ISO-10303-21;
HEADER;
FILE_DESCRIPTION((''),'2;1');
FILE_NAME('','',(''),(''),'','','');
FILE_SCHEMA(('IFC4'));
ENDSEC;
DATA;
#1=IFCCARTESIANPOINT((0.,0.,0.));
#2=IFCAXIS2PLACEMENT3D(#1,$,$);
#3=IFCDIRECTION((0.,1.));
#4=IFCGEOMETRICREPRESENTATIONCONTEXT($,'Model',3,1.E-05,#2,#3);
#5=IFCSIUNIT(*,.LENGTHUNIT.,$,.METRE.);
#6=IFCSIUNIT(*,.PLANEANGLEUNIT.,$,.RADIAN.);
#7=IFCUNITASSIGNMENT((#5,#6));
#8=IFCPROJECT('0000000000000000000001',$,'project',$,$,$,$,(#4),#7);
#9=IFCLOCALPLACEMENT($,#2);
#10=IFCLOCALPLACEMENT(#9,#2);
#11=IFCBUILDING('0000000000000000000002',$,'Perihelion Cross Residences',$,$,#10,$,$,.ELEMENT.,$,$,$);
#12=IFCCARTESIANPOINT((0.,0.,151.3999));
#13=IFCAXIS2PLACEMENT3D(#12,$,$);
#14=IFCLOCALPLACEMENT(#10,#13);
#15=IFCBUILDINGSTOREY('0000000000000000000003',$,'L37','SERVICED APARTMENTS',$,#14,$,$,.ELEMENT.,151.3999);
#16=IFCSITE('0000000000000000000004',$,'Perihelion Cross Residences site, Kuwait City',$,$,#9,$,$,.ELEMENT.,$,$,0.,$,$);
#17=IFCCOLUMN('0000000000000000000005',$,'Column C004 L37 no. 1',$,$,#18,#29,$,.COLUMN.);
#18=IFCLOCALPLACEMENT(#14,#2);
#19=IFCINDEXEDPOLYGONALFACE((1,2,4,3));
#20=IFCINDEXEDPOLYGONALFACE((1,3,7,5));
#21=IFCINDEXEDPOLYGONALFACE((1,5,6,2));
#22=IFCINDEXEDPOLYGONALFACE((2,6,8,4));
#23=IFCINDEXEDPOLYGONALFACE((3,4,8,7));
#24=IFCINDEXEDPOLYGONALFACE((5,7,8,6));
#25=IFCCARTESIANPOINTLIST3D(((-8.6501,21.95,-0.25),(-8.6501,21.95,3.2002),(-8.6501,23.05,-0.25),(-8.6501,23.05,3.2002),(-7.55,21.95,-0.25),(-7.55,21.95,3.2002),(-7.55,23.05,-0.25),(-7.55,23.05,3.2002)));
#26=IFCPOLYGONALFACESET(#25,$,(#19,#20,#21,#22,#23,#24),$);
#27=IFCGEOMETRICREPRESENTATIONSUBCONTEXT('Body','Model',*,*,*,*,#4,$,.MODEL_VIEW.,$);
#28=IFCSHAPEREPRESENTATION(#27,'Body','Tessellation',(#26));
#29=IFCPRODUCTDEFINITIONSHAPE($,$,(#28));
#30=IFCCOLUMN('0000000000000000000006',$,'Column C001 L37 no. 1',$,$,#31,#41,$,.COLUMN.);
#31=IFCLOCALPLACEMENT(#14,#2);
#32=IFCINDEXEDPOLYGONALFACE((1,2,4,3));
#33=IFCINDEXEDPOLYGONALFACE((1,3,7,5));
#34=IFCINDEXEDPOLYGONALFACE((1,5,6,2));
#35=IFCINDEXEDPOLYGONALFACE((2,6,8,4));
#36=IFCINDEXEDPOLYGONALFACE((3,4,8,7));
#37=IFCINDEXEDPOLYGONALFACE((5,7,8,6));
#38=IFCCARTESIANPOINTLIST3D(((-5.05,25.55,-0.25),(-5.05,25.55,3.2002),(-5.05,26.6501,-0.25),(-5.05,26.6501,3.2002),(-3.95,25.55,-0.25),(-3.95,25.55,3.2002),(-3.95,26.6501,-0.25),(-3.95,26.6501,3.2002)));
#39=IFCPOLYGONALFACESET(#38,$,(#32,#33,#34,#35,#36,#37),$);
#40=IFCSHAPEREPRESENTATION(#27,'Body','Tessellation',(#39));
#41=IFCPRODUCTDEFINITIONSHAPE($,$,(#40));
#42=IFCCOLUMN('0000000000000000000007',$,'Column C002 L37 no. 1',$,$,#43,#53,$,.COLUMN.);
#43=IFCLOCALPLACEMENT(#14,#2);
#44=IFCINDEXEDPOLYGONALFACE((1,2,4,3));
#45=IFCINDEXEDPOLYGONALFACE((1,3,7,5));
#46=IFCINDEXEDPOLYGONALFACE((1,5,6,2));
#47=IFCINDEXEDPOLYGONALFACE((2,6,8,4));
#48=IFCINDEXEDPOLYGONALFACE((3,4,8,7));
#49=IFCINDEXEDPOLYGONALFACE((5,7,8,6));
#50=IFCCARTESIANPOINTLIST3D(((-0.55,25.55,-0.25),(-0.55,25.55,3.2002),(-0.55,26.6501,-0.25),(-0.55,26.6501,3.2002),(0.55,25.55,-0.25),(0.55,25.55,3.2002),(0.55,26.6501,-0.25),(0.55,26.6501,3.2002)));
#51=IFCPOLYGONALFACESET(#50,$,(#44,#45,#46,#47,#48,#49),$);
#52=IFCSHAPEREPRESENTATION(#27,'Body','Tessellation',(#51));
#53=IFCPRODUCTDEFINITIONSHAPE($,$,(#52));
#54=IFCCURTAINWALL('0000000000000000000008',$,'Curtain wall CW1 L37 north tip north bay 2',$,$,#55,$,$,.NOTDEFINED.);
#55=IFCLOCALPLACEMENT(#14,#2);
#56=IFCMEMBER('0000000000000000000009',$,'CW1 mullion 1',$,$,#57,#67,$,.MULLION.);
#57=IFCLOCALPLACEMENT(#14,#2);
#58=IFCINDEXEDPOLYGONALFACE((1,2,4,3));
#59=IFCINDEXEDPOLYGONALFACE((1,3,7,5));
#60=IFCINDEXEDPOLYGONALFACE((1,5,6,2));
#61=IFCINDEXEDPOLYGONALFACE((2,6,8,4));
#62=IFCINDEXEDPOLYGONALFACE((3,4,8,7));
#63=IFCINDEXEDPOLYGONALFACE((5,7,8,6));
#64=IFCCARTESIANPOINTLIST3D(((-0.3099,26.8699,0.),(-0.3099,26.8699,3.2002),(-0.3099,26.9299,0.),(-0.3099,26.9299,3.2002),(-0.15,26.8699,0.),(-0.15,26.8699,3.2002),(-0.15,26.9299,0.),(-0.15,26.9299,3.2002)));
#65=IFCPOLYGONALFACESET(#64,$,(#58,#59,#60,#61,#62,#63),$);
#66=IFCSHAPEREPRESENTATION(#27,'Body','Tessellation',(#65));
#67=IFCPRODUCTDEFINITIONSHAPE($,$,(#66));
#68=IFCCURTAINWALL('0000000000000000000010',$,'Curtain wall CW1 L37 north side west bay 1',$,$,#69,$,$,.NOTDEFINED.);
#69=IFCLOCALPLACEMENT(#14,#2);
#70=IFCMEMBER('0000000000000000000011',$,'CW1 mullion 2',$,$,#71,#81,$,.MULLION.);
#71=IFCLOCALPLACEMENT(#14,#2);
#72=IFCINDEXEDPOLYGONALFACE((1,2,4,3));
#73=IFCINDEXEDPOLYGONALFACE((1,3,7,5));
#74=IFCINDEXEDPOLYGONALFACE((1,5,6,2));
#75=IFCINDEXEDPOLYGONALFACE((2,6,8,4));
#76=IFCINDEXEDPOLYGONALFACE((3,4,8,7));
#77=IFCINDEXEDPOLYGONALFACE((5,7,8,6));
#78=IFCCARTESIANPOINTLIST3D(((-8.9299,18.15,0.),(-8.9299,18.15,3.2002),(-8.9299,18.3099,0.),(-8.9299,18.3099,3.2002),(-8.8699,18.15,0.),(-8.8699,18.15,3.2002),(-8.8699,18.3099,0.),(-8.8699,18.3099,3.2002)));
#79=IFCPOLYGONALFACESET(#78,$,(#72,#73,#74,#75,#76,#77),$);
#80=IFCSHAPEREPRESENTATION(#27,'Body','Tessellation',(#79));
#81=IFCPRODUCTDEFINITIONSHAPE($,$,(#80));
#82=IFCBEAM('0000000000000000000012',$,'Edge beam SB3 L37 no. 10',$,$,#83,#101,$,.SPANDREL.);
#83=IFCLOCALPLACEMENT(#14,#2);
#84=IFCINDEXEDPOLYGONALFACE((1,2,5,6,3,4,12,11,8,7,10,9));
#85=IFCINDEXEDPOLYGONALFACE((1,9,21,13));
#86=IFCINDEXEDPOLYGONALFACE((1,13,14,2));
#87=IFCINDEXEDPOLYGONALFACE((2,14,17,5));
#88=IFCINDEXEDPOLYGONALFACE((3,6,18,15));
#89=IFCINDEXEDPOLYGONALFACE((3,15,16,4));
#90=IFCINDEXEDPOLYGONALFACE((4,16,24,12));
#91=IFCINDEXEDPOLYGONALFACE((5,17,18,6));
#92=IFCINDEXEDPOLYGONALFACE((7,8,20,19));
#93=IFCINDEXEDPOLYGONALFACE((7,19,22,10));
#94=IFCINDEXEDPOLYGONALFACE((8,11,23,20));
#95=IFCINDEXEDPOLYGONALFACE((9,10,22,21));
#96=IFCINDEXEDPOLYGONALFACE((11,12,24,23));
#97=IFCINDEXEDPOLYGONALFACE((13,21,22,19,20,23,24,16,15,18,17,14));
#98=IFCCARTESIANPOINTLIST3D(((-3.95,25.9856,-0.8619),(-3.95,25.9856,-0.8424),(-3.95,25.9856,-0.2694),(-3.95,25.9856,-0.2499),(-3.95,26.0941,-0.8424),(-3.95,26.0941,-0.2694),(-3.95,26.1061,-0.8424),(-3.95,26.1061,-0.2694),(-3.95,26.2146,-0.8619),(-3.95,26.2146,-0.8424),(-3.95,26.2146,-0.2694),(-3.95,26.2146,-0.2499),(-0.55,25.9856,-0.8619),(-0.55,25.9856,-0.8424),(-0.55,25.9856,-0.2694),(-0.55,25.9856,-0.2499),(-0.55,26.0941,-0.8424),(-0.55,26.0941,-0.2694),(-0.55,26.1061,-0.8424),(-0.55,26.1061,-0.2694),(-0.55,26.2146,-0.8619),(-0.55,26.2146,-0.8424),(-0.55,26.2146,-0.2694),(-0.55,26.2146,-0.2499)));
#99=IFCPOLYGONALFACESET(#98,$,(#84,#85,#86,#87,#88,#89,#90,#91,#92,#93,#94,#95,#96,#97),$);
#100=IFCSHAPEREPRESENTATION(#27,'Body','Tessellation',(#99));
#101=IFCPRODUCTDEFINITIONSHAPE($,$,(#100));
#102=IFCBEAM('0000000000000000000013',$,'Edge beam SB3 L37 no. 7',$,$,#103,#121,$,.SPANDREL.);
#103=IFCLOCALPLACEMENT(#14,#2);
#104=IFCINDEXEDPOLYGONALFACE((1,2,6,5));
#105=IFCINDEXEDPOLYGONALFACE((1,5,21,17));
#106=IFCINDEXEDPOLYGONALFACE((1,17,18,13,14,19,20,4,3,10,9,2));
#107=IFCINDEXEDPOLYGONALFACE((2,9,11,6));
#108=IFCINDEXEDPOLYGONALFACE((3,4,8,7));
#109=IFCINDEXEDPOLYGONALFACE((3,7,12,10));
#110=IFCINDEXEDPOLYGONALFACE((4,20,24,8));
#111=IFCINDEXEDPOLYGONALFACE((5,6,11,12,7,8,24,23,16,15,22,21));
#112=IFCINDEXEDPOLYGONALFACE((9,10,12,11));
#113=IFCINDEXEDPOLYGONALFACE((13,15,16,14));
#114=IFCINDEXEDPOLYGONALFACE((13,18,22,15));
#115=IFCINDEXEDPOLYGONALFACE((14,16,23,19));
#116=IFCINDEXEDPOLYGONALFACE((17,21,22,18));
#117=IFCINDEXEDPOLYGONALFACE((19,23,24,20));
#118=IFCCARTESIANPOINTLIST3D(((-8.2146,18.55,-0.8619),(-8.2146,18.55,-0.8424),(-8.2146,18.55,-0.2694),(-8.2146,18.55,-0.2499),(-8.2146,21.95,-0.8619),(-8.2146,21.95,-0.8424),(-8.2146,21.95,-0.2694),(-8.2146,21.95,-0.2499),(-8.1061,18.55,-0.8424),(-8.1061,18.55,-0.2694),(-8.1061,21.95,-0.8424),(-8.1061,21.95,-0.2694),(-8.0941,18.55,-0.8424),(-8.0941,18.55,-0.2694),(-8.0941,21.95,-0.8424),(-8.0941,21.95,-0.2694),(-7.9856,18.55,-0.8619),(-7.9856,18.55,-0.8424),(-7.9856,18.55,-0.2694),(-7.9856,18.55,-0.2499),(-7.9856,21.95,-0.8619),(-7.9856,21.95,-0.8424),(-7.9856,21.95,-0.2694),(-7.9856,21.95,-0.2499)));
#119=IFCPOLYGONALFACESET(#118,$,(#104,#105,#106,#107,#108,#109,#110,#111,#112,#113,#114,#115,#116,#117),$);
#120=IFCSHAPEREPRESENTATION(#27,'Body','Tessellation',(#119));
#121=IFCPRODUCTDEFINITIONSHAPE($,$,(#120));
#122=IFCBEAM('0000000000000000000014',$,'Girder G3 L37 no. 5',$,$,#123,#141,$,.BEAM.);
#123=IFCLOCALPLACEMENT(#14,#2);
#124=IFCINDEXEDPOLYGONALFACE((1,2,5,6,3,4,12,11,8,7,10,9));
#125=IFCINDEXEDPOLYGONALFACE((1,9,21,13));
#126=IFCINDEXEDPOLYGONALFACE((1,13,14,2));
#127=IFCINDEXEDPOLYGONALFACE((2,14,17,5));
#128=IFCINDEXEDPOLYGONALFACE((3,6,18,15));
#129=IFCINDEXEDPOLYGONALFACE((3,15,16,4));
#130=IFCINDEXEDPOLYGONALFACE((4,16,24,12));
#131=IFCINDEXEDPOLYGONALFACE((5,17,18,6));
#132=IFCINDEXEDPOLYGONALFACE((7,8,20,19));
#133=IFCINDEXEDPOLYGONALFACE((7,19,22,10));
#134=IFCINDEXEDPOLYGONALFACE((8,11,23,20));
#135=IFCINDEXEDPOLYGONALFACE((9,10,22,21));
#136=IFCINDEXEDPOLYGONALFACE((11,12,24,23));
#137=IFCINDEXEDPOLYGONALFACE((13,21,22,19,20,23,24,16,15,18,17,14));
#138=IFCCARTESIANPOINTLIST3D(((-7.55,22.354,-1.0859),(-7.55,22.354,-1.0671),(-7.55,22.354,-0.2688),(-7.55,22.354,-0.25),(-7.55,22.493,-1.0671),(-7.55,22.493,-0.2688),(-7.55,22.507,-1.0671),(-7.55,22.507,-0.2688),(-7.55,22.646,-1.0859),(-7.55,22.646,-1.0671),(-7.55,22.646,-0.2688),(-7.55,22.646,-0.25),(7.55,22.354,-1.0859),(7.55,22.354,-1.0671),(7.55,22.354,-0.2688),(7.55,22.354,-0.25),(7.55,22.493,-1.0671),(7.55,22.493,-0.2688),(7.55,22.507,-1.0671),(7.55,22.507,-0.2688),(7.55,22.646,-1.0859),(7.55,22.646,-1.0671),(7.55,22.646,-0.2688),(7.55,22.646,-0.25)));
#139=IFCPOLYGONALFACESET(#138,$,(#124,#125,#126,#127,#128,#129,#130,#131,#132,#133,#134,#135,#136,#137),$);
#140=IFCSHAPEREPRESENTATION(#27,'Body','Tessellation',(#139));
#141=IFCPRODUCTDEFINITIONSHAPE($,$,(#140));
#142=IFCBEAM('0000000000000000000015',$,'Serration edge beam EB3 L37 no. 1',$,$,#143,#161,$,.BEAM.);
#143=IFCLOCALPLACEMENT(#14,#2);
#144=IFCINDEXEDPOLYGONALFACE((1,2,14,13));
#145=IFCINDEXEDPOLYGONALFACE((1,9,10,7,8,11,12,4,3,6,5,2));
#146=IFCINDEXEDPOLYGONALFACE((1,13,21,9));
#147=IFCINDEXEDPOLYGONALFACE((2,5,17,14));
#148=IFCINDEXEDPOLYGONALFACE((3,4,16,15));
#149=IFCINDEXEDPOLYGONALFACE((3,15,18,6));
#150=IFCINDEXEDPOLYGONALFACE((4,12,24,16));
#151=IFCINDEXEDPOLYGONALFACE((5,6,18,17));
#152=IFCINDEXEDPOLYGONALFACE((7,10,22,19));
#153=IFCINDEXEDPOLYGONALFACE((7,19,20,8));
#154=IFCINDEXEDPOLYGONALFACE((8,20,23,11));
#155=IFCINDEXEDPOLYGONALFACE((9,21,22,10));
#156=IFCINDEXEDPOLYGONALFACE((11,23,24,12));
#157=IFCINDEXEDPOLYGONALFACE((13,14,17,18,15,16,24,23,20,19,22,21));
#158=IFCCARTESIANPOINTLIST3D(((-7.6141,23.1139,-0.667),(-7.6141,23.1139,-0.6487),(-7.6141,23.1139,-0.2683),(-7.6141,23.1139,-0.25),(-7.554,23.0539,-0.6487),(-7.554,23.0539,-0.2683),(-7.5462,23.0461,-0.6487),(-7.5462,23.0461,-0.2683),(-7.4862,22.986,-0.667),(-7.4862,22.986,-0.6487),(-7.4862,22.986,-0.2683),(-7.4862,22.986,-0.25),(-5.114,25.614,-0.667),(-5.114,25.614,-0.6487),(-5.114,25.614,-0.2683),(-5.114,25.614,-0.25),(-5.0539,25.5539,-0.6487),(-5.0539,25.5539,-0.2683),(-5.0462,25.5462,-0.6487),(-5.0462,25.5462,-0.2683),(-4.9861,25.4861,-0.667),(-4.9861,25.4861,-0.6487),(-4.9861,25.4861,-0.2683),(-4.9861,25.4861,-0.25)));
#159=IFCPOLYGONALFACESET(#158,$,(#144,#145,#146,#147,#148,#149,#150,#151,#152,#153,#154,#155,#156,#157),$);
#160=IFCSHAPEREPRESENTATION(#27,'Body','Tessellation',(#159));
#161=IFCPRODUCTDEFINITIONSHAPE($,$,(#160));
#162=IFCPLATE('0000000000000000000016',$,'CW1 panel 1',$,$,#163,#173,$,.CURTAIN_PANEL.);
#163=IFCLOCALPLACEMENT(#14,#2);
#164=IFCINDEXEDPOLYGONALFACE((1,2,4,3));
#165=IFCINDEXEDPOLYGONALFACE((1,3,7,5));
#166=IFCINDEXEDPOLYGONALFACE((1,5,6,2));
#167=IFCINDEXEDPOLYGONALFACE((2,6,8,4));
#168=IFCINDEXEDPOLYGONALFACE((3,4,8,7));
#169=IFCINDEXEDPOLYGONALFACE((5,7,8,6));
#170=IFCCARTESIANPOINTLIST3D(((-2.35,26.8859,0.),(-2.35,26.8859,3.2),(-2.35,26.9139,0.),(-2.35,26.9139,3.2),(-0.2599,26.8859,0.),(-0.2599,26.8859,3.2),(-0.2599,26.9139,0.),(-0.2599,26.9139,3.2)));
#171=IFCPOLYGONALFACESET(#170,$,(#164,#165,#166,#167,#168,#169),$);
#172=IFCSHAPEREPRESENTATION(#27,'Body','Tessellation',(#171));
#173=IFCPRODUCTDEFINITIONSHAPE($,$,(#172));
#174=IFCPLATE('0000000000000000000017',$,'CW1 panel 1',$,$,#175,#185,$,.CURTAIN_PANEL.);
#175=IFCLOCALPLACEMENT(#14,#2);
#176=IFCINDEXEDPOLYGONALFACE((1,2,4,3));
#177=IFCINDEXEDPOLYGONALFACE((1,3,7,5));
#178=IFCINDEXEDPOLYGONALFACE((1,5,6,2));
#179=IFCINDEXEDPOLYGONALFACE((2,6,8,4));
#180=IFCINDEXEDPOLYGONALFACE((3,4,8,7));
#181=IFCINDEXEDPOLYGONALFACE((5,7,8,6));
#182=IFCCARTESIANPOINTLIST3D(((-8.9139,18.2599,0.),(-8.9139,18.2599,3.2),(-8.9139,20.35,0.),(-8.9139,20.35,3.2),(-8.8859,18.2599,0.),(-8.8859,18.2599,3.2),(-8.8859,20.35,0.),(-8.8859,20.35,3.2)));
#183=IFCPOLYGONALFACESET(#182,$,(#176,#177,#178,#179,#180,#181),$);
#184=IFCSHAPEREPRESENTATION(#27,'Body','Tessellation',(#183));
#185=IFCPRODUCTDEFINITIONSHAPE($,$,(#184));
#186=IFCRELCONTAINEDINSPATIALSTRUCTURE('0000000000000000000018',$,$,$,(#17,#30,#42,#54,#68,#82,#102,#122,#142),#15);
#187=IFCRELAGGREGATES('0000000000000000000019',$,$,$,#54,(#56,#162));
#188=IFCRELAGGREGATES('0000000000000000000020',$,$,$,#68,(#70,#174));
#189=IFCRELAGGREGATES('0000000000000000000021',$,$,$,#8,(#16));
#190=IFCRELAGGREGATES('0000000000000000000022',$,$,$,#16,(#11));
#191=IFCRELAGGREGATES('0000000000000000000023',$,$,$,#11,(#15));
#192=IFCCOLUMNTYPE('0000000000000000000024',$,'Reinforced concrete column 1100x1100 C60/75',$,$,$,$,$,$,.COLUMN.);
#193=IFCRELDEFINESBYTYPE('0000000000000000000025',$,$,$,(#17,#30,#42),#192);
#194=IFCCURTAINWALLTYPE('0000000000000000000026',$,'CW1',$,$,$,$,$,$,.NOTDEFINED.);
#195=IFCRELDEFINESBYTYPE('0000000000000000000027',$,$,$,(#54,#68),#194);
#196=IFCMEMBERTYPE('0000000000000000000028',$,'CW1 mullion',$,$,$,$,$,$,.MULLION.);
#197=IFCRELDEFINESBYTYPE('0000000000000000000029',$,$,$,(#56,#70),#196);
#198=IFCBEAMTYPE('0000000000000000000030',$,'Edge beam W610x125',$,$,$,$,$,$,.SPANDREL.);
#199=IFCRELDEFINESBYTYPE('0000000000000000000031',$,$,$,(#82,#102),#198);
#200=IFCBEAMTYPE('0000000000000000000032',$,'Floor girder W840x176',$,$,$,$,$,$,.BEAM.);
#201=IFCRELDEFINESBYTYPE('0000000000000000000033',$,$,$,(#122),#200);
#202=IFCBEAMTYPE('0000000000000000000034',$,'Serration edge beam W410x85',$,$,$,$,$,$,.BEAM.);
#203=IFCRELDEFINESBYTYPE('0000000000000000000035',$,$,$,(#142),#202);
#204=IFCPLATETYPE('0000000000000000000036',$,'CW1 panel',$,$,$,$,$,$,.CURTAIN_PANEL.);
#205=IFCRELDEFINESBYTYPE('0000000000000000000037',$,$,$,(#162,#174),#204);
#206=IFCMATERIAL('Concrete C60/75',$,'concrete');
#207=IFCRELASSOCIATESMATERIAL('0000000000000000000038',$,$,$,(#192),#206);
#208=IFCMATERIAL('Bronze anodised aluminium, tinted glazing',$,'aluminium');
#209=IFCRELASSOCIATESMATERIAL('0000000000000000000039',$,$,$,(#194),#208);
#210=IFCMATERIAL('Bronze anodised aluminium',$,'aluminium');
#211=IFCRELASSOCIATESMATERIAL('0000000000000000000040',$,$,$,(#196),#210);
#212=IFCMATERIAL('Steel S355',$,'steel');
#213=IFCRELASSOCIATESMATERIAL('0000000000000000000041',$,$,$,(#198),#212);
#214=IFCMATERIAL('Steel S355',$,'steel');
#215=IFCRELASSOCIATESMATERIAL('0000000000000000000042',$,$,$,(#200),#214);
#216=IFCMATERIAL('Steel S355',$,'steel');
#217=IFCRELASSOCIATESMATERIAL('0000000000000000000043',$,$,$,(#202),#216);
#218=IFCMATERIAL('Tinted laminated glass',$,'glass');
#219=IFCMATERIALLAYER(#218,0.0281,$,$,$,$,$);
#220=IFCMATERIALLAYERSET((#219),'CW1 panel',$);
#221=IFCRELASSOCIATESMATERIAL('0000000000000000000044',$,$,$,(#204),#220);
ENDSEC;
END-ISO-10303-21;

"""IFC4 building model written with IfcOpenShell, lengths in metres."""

from ifc_helpers import new_model, si_unit, direction, frame, origin, origin_2d, place, context, subcontext, project, spatial, rectangle, i_section, extrude, material, layer, layer_set, material_profile, profile_set, type_object, element, aggregate, save


model = new_model("IFC4")

# Units and contexts
model_context = context("Model", 3, precision=1e-05, world=origin(), true_north=direction((0.0, 1.0)))
body_context = subcontext(model_context, "Body", "Model", "MODEL_VIEW")
ifc_project = project(units=[si_unit("LENGTHUNIT", "METRE"), si_unit("PLANEANGLEUNIT", "RADIAN")], contexts=[model_context])

# Site, building, storey
site_placement = place(None, origin())
site = spatial("IfcSite", under=ifc_project, at=site_placement, Name="Perihelion Cross Residences site, Kuwait City", CompositionType="ELEMENT", RefElevation=0.0)
building_placement = place(site_placement, origin())
building = spatial("IfcBuilding", under=site, at=building_placement, Name="Perihelion Cross Residences", CompositionType="ELEMENT")
storey_placement = place(building_placement, frame((0.0, 0.0, 151.3999)))
storey = spatial("IfcBuildingStorey", under=building, at=storey_placement, Name="L37", Description="SERVICED APARTMENTS", CompositionType="ELEMENT", Elevation=151.3999)

# Columns
ifc_material_1 = material(Name="Concrete C60/75", Category="concrete")
ifc_material_profile_1 = material_profile(ifc_material_1, rectangle(XDim=1.1001, YDim=1.1001, at=origin_2d()), Name="RC 1100x1100")
ifc_profile_set_1 = profile_set([ifc_material_profile_1], Name="Concrete C60/75")
column_type = type_object("IfcColumnType", Name="Reinforced concrete column 1100x1100 C60/75", PredefinedType="COLUMN", material=ifc_profile_set_1)
for number, where, z_axis, x_axis, name in (
    (1, (-8.1001, 22.5, -0.25), (0.0, 0.0, 1.0), (1.0, 0.0, 0.0), "Column C004 L37 no. 1"),
    (2, (-4.5, 26.1001, -0.25), (0.0, 0.0, 1.0), (1.0, 0.0, 0.0), "Column C001 L37 no. 1"),
    (3, (0.0, 26.1001, -0.25), (0.0, 0.0, 1.0), (1.0, 0.0, 0.0), "Column C002 L37 no. 1"),
):
    element("IfcColumn", number, at=place(storey_placement, frame(where, z_axis=z_axis, x_axis=x_axis)), inside=storey, type_object=column_type, Name=name, PredefinedType="COLUMN", context=body_context, shape_type="SweptSolid", body=[
        extrude(rectangle(XDim=1.1001, YDim=1.1001, at=origin_2d()), origin(), (0.0, 0.0, 1.0), 3.4502),
    ])

# Curtain walls, members
ifc_material_2 = material(Name="Bronze anodised aluminium, tinted glazing", Category="aluminium")
curtain_wall_type = type_object("IfcCurtainWallType", Name="CW1", PredefinedType="NOTDEFINED", material=ifc_material_2)
curtain_wall_1_placement = place(storey_placement, origin())
curtain_wall_1 = element("IfcCurtainWall", 4, at=curtain_wall_1_placement, inside=storey, type_object=curtain_wall_type, Name="Curtain wall CW1 L37 north tip north bay 2", PredefinedType="NOTDEFINED")
ifc_material_3 = material(Name="Bronze anodised aluminium", Category="aluminium")
ifc_material_profile_2 = material_profile(ifc_material_3, rectangle(XDim=0.0601, YDim=0.1599, at=origin_2d()), Name="CW1 mullion")
ifc_profile_set_2 = profile_set([ifc_material_profile_2], Name="Bronze anodised aluminium")
member_type = type_object("IfcMemberType", Name="CW1 mullion", PredefinedType="MULLION", material=ifc_profile_set_2)
member_1_placement = place(storey_placement, frame((-0.23, 26.8999, 0.0), z_axis=(0.0, 0.0, 1.0), x_axis=(0.0, -1.0, 0.0)))
member_1 = element("IfcMember", 5, at=member_1_placement, type_object=member_type, Name="CW1 mullion 1", PredefinedType="MULLION", context=body_context, shape_type="SweptSolid", body=[
    extrude(rectangle(XDim=0.0601, YDim=0.1599, at=origin_2d()), origin(), (0.0, 0.0, 1.0), 3.2002),
])
curtain_wall_2_placement = place(storey_placement, origin())
curtain_wall_2 = element("IfcCurtainWall", 6, at=curtain_wall_2_placement, inside=storey, type_object=curtain_wall_type, Name="Curtain wall CW1 L37 north side west bay 1", PredefinedType="NOTDEFINED")
member_2_placement = place(storey_placement, frame((-8.8999, 18.23, 0.0), z_axis=(0.0, 0.0, 1.0), x_axis=(1.0, 0.0, 0.0)))
member_2 = element("IfcMember", 7, at=member_2_placement, type_object=member_type, Name="CW1 mullion 2", PredefinedType="MULLION", context=body_context, shape_type="SweptSolid", body=[
    extrude(rectangle(XDim=0.0601, YDim=0.1599, at=origin_2d()), origin(), (0.0, 0.0, 1.0), 3.2002),
])

# Beams
ifc_material_4 = material(Name="Steel S355", Category="steel")
ifc_material_profile_3 = material_profile(ifc_material_4, i_section(OverallWidth=0.229, OverallDepth=0.6121, WebThickness=0.012, FlangeThickness=0.0195, at=origin_2d()), Name="W610x125")
ifc_profile_set_3 = profile_set([ifc_material_profile_3], Name="Steel S355")
beam_type_1 = type_object("IfcBeamType", Name="Edge beam W610x125", PredefinedType="SPANDREL", material=ifc_profile_set_3)
for number, where, z_axis, x_axis, name in (
    (8, (-0.55, 26.1001, -0.5559), (-1.0, 0.0, 0.0), (0.0, -1.0, 0.0), "Edge beam SB3 L37 no. 10"),
    (9, (-8.1001, 21.95, -0.5559), (0.0, -1.0, 0.0), (1.0, 0.0, 0.0), "Edge beam SB3 L37 no. 7"),
):
    element("IfcBeam", number, at=place(storey_placement, frame(where, z_axis=z_axis, x_axis=x_axis)), inside=storey, type_object=beam_type_1, Name=name, PredefinedType="SPANDREL", context=body_context, shape_type="SweptSolid", body=[
        extrude(i_section(OverallWidth=0.229, OverallDepth=0.6121, WebThickness=0.012, FlangeThickness=0.0195, at=origin_2d()), origin(), (0.0, 0.0, 1.0), 3.3999),
    ])
ifc_material_5 = material(Name="Steel S355", Category="steel")
ifc_material_profile_4 = material_profile(ifc_material_5, i_section(OverallWidth=0.292, OverallDepth=0.8359, WebThickness=0.0139, FlangeThickness=0.0188, at=origin_2d()), Name="W840x176")
ifc_profile_set_4 = profile_set([ifc_material_profile_4], Name="Steel S355")
beam_type_2 = type_object("IfcBeamType", Name="Floor girder W840x176", PredefinedType="BEAM", material=ifc_profile_set_4)
beam_1_placement = place(storey_placement, frame((-7.55, 22.5, -0.668), z_axis=(1.0, 0.0, 0.0), x_axis=(0.0, 1.0, 0.0)))
element("IfcBeam", 10, at=beam_1_placement, inside=storey, type_object=beam_type_2, Name="Girder G3 L37 no. 5", PredefinedType="BEAM", context=body_context, shape_type="SweptSolid", body=[
    extrude(i_section(OverallWidth=0.292, OverallDepth=0.8359, WebThickness=0.0139, FlangeThickness=0.0188, at=origin_2d()), origin(), (0.0, 0.0, 1.0), 15.1001),
])
ifc_material_6 = material(Name="Steel S355", Category="steel")
ifc_material_profile_5 = material_profile(ifc_material_6, i_section(OverallWidth=0.1809, OverallDepth=0.417, WebThickness=0.011, FlangeThickness=0.0183, at=origin_2d()), Name="W410x85")
ifc_profile_set_5 = profile_set([ifc_material_profile_5], Name="Steel S355")
beam_type_3 = type_object("IfcBeamType", Name="Serration edge beam W410x85", PredefinedType="BEAM", material=ifc_profile_set_5)
beam_2_placement = place(storey_placement, frame((-5.05, 25.55, -0.4585), z_axis=(-0.707107, -0.707107, 0.0), x_axis=(0.707107, -0.707107, 0.0)))
element("IfcBeam", 11, at=beam_2_placement, inside=storey, type_object=beam_type_3, Name="Serration edge beam EB3 L37 no. 1", PredefinedType="BEAM", context=body_context, shape_type="SweptSolid", body=[
    extrude(i_section(OverallWidth=0.1809, OverallDepth=0.417, WebThickness=0.011, FlangeThickness=0.0183, at=origin_2d()), origin(), (0.0, 0.0, 1.0), 3.5356),
])

# Plates
ifc_material_7 = material(Name="Tinted laminated glass", Category="glass")
ifc_layer_1 = layer(ifc_material_7, 0.0281)
ifc_layer_set_1 = layer_set([ifc_layer_1], Name="CW1 panel")
plate_type = type_object("IfcPlateType", Name="CW1 panel", PredefinedType="CURTAIN_PANEL", material=ifc_layer_set_1)
plate_1_placement = place(storey_placement, frame((-1.3049, 26.8999, 0.0), z_axis=(0.0, 0.0, 1.0), x_axis=(-1.0, 0.0, 0.0)))
plate_1 = element("IfcPlate", 12, at=plate_1_placement, type_object=plate_type, Name="CW1 panel 1", PredefinedType="CURTAIN_PANEL", context=body_context, shape_type="SweptSolid", body=[
    extrude(rectangle(XDim=2.0901, YDim=0.0281, at=origin_2d()), origin(), (0.0, 0.0, 1.0), 3.2),
])
aggregate(curtain_wall_1, [member_1, plate_1])
plate_2_placement = place(storey_placement, frame((-8.8999, 19.3049, 0.0), z_axis=(0.0, 0.0, 1.0), x_axis=(0.0, -1.0, 0.0)))
plate_2 = element("IfcPlate", 13, at=plate_2_placement, type_object=plate_type, Name="CW1 panel 1", PredefinedType="CURTAIN_PANEL", context=body_context, shape_type="SweptSolid", body=[
    extrude(rectangle(XDim=2.0901, YDim=0.0281, at=origin_2d()), origin(), (0.0, 0.0, 1.0), 3.2),
])
aggregate(curtain_wall_2, [member_2, plate_2])

save(model, "model.ifc")
